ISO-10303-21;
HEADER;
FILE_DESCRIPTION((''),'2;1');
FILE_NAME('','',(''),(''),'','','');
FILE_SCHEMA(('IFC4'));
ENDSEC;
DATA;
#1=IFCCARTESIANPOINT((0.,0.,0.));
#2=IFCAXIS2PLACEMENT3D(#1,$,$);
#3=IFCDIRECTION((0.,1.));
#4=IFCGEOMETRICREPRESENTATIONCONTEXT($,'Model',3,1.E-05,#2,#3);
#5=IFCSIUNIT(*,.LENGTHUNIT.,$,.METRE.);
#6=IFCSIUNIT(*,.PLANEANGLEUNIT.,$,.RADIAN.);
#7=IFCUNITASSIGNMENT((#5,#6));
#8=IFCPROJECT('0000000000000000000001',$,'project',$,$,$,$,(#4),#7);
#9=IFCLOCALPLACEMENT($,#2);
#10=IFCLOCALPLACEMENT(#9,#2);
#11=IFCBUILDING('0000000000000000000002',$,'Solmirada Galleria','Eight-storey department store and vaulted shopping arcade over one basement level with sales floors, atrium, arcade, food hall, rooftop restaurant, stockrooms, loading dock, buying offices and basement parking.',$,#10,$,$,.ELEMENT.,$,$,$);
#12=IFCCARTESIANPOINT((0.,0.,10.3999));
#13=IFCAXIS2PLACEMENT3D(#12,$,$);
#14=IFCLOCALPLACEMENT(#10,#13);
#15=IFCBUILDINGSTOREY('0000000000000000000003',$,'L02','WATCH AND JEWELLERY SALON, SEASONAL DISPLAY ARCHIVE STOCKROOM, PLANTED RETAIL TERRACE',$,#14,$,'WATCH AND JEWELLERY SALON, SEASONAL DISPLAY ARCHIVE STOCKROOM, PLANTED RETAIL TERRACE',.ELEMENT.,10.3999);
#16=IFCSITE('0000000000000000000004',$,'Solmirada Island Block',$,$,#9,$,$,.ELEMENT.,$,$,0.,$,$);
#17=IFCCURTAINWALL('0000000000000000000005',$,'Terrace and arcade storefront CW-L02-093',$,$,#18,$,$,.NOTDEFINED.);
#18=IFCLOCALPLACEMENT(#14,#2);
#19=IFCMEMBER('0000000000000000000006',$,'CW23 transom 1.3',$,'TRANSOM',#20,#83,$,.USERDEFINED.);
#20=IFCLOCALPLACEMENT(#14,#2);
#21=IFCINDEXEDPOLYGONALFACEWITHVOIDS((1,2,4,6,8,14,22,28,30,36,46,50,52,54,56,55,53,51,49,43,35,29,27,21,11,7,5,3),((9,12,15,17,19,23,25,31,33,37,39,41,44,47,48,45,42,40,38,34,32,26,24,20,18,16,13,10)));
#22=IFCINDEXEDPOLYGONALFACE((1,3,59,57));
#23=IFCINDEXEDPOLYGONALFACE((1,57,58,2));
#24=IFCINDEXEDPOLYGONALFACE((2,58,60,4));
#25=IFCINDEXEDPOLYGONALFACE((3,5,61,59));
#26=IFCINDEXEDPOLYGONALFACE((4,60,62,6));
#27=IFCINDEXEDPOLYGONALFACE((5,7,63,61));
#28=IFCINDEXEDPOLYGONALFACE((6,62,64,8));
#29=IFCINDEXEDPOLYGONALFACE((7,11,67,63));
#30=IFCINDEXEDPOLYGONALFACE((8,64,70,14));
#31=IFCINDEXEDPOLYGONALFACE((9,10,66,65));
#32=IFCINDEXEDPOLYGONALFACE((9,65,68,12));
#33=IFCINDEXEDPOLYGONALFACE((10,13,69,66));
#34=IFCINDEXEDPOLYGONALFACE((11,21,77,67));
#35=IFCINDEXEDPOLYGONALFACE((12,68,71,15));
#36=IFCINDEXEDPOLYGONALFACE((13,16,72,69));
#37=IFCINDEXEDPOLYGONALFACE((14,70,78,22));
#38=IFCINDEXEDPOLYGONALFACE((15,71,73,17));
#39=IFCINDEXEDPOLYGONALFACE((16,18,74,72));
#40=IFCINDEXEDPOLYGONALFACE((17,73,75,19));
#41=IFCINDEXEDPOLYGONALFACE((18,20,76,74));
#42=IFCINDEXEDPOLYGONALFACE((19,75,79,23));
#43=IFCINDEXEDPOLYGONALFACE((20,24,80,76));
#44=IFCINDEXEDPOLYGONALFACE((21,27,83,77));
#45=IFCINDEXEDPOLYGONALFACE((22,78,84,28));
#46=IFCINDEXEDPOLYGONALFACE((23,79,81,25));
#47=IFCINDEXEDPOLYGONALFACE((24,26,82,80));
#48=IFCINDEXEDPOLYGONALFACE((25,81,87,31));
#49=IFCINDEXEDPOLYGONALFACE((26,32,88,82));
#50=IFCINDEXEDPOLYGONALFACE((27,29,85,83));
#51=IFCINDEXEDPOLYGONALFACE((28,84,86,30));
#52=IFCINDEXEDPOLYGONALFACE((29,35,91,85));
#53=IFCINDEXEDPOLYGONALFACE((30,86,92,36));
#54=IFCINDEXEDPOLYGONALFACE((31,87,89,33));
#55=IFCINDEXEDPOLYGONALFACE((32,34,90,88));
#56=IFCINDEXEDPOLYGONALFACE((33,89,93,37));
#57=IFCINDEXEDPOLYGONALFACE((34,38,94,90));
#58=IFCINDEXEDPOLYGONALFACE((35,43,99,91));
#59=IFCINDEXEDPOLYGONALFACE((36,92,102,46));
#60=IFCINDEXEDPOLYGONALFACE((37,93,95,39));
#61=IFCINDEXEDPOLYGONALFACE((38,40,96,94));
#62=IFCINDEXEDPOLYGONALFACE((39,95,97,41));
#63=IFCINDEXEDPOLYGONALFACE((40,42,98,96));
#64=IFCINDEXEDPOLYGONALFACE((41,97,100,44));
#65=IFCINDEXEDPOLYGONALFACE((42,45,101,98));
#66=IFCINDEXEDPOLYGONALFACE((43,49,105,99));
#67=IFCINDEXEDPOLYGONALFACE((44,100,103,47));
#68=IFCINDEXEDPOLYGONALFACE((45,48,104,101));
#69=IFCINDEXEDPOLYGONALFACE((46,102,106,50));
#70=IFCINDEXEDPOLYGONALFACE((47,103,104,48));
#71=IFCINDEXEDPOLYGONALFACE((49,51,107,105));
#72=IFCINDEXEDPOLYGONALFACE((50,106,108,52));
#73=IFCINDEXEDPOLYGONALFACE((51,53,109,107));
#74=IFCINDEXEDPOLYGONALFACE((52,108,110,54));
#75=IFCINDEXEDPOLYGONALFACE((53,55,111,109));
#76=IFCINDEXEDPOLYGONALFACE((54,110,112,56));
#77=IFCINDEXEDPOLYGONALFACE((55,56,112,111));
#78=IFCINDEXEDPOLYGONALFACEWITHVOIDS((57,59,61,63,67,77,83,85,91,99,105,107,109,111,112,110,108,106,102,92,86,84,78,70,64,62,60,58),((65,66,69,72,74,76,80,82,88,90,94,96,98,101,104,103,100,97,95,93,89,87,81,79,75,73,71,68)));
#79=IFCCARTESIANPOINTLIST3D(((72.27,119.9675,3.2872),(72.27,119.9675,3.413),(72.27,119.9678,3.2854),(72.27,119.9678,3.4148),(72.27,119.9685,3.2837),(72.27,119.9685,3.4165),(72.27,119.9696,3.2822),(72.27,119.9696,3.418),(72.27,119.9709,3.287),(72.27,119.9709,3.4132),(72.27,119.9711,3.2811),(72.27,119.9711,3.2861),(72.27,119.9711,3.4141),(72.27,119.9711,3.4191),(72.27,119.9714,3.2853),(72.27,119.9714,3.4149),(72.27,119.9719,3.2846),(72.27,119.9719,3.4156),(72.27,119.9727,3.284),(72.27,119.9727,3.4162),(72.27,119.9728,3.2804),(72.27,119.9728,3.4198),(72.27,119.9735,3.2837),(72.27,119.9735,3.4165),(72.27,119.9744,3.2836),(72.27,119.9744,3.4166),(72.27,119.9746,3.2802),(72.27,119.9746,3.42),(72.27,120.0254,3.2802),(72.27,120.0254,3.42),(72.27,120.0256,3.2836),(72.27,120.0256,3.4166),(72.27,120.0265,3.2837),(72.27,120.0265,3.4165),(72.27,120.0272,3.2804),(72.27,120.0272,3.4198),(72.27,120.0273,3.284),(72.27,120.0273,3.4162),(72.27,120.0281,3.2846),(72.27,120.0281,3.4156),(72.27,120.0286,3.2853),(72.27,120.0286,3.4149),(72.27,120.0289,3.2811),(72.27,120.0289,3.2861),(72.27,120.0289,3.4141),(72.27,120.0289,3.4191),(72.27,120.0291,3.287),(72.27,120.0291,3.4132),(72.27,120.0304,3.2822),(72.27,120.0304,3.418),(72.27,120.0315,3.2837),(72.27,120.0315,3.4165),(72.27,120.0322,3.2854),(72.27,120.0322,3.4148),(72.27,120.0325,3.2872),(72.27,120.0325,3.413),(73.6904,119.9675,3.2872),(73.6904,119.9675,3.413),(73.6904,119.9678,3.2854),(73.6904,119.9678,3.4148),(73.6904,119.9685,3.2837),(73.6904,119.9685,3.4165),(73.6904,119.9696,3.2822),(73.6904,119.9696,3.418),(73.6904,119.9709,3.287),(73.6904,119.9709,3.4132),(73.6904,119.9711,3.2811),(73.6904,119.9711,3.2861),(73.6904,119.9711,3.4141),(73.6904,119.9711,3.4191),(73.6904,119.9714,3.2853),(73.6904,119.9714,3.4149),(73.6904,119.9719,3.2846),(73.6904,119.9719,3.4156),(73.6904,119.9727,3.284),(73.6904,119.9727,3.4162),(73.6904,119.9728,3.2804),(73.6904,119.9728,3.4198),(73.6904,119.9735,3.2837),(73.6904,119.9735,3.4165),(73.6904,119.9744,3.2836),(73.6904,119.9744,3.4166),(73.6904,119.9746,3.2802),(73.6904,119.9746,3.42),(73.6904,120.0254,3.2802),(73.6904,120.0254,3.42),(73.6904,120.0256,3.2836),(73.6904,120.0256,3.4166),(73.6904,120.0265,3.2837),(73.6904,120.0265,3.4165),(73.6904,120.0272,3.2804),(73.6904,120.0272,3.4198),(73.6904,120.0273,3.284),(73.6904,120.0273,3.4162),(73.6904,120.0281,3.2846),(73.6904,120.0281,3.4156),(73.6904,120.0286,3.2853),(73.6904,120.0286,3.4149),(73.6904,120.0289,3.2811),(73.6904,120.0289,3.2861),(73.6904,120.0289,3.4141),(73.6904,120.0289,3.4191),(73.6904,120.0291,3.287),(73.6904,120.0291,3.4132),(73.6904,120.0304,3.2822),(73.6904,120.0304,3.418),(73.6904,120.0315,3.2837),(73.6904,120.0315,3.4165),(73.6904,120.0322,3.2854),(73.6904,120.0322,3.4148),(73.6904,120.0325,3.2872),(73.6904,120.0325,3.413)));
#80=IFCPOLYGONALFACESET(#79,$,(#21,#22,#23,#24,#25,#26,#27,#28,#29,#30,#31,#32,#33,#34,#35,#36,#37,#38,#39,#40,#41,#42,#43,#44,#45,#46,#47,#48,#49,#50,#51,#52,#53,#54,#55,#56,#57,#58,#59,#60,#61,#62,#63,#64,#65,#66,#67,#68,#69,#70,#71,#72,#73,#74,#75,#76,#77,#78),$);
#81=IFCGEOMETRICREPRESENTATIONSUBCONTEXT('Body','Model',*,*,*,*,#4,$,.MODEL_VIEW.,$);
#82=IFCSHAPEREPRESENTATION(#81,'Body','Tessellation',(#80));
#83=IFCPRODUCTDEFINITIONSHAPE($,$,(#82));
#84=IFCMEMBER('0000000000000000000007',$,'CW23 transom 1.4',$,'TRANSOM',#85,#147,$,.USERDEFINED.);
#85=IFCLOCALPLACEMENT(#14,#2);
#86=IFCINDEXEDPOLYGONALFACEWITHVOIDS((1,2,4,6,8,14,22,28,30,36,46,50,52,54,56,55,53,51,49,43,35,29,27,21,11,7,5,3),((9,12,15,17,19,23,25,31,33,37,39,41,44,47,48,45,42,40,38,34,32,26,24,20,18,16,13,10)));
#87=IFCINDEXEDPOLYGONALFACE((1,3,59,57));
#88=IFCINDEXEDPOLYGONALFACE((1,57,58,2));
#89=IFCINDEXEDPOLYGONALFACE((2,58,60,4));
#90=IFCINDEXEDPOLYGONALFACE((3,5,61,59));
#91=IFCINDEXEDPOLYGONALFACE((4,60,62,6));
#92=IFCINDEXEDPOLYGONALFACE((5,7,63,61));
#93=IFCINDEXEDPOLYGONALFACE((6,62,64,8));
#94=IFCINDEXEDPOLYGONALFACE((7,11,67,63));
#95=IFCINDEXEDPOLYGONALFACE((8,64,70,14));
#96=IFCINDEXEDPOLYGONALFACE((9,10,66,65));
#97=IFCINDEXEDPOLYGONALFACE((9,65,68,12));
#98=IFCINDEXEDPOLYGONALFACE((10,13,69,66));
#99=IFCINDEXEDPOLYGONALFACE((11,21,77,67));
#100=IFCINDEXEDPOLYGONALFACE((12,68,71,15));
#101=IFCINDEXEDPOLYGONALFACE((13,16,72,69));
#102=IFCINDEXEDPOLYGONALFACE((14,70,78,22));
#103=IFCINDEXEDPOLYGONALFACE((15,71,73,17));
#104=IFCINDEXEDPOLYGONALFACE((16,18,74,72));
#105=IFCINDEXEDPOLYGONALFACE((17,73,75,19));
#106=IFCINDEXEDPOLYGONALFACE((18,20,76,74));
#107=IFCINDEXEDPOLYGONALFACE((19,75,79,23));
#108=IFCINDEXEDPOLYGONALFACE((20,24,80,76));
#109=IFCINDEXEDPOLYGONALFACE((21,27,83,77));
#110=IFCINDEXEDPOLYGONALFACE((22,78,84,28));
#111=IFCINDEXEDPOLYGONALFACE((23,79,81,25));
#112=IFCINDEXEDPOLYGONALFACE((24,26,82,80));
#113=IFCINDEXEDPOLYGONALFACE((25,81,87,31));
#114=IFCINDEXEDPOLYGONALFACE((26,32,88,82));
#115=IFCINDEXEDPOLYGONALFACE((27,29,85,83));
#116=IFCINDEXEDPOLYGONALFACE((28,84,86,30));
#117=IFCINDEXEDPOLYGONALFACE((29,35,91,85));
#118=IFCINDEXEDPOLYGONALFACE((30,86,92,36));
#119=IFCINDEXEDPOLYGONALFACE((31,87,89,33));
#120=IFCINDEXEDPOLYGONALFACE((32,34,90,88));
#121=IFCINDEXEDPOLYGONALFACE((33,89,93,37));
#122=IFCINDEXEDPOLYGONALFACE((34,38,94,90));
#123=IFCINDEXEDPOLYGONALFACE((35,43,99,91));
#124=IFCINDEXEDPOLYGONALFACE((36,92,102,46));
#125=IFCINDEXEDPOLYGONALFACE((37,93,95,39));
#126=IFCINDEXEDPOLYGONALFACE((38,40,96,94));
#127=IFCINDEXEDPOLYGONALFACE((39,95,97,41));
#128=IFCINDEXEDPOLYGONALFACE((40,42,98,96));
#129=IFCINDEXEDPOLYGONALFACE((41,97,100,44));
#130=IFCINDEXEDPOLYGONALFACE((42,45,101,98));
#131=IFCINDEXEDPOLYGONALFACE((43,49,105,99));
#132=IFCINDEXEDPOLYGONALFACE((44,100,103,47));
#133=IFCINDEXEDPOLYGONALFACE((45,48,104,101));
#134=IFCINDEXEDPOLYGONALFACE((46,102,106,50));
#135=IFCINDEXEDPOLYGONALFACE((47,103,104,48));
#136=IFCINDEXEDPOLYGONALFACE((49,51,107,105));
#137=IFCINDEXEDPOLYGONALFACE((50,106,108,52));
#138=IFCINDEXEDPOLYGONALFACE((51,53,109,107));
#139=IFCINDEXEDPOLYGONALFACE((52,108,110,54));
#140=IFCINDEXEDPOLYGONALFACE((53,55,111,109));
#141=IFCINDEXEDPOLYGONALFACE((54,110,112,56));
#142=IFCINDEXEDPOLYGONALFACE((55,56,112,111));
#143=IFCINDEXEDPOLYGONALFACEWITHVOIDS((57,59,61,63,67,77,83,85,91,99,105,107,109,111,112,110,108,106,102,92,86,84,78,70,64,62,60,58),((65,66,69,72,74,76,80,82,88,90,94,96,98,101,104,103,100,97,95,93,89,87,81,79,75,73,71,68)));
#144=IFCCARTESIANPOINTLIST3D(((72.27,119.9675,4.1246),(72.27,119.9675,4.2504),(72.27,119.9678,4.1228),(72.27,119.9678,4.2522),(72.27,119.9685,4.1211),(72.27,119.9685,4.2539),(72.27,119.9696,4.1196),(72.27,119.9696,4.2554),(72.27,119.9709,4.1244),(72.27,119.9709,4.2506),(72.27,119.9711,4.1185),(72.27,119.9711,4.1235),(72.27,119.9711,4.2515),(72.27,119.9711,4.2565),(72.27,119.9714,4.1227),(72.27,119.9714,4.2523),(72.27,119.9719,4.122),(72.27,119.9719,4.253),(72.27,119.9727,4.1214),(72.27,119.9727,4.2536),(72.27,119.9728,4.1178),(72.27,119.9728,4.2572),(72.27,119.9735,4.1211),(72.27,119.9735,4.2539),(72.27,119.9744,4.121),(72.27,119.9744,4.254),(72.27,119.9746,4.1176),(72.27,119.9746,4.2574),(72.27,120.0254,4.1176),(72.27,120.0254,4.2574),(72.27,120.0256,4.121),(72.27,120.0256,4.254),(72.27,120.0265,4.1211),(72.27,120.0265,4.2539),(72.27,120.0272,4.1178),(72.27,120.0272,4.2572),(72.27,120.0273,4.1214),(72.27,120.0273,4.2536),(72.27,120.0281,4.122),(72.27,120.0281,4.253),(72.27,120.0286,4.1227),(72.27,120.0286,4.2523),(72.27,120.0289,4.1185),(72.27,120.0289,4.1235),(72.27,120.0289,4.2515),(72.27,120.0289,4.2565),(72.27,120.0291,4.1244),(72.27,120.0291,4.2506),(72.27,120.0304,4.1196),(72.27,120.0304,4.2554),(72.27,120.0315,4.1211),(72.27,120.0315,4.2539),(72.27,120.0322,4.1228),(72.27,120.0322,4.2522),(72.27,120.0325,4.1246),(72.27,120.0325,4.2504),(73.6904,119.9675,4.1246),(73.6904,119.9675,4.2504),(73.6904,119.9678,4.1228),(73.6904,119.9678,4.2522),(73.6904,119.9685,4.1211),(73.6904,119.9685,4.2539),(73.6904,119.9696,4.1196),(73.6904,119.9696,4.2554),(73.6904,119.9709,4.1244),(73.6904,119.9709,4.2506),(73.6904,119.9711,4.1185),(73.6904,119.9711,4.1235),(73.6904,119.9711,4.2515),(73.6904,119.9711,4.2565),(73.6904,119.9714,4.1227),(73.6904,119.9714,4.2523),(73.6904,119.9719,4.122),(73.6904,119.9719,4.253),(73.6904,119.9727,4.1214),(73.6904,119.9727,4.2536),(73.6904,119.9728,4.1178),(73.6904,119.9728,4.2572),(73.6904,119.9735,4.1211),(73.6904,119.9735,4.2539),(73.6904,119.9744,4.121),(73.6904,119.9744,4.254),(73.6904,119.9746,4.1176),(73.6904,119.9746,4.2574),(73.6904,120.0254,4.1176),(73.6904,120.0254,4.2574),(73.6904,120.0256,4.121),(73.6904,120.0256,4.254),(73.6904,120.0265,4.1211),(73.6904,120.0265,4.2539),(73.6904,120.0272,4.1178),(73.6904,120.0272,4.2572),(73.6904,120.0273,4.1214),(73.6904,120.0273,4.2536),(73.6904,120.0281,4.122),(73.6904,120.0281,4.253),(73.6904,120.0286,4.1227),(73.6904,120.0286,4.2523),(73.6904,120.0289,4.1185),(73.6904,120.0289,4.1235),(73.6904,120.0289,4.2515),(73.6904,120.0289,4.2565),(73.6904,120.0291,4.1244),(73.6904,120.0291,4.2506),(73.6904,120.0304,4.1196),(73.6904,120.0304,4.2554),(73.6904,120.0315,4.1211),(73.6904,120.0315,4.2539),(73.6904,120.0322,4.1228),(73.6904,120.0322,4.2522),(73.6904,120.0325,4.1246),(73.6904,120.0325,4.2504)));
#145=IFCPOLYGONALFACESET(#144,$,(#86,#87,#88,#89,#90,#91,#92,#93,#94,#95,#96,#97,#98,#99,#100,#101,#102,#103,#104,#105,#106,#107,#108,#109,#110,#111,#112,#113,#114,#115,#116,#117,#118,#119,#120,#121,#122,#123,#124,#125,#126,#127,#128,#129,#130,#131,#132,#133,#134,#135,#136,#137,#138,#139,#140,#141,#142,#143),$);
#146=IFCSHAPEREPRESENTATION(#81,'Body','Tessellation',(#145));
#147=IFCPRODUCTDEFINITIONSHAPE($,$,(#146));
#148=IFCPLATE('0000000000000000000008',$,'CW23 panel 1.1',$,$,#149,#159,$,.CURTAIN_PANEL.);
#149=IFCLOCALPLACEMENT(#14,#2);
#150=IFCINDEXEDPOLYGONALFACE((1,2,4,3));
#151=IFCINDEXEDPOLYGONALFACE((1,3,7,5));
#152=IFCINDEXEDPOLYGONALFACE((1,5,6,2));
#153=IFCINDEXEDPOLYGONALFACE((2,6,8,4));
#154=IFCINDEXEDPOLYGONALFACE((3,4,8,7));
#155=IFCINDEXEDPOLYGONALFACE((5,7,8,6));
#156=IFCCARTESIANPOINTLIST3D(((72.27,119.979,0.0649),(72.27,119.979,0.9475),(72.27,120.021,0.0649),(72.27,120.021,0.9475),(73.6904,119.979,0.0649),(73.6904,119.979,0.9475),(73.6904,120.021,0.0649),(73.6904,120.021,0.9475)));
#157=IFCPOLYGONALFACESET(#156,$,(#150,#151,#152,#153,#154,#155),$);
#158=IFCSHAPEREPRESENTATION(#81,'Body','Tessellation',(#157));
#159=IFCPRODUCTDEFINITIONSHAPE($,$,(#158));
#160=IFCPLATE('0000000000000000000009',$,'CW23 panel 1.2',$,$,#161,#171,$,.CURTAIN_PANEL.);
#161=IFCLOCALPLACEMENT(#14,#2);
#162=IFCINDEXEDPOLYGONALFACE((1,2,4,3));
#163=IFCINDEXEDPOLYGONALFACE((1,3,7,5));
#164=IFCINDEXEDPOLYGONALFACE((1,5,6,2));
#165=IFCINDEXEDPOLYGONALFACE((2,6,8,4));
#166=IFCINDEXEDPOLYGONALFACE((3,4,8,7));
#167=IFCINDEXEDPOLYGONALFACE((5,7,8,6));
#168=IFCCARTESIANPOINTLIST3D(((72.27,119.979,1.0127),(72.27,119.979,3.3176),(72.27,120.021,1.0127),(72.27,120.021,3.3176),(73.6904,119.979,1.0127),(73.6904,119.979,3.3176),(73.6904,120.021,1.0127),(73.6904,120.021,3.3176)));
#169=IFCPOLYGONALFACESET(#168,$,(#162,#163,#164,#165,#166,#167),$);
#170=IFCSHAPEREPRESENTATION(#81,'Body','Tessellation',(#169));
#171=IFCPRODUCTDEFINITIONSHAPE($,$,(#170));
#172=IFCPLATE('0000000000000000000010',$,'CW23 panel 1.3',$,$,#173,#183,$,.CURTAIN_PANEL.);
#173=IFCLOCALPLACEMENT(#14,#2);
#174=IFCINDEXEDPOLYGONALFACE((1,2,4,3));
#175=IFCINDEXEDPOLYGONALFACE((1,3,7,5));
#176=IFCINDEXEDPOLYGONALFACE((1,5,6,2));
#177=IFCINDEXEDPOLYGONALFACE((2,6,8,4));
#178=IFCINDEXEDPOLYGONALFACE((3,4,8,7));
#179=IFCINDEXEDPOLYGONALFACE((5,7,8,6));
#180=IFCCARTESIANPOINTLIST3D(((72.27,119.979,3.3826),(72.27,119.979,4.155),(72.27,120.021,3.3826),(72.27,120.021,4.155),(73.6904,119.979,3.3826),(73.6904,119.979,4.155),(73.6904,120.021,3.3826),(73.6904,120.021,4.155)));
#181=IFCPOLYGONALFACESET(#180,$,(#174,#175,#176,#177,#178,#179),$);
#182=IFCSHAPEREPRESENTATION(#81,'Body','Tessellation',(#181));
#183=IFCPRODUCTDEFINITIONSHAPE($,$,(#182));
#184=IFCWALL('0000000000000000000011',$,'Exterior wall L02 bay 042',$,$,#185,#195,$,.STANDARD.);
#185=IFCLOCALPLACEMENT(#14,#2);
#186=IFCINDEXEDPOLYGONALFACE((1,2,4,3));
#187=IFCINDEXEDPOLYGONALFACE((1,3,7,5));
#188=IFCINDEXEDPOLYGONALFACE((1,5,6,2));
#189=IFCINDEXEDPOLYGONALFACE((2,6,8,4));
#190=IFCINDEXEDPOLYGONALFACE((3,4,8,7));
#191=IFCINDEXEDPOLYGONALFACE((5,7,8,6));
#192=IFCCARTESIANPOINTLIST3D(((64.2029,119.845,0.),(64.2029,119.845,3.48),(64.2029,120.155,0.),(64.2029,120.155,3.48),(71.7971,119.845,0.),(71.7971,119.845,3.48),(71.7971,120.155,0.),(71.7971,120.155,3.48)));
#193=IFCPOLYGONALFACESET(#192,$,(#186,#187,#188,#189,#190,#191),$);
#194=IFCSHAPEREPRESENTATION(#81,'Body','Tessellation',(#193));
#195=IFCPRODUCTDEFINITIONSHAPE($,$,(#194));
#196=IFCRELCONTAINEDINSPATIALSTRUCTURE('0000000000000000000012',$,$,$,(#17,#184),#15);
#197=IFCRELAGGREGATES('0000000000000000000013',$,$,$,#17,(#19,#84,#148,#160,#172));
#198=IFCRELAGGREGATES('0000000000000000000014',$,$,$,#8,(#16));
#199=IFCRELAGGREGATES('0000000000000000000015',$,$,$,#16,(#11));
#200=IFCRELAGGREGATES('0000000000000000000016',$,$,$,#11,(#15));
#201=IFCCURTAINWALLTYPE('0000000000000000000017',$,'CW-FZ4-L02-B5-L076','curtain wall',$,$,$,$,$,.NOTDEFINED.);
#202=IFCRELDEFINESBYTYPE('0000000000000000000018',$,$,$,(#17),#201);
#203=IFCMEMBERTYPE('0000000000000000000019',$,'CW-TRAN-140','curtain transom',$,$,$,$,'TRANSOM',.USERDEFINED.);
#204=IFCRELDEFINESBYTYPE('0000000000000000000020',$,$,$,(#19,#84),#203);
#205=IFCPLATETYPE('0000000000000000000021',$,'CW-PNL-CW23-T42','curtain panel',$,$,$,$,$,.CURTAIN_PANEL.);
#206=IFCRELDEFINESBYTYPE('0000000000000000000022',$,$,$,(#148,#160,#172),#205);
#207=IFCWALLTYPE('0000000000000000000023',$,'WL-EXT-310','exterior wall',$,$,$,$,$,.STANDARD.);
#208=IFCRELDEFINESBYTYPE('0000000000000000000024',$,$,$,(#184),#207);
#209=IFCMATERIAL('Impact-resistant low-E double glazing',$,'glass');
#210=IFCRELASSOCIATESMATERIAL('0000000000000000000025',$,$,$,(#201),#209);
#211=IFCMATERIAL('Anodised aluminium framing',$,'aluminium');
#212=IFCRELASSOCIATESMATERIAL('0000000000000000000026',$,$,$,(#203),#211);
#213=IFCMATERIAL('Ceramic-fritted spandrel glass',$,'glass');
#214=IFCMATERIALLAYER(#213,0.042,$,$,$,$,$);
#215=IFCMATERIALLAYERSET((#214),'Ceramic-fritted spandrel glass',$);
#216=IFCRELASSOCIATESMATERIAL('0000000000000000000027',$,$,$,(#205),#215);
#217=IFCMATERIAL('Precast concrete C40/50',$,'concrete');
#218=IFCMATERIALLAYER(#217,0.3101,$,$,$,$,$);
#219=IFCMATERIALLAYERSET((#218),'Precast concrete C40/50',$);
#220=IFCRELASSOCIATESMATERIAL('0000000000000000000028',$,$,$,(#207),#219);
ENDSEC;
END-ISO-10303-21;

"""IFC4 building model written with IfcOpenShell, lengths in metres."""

from ifc_helpers import new_model, si_unit, direction, frame, frame_2d, origin, origin_2d, place, context, subcontext, project, spatial, rectangle, hollow_rectangle, extrude, material, layer, layer_set, material_profile, profile_set, type_object, element, aggregate, save


model = new_model("IFC4")

# Units and contexts
model_context = context("Model", 3, precision=1e-05, world=origin(), true_north=direction((0.0, 1.0)))
body_context = subcontext(model_context, "Body", "Model", "MODEL_VIEW")
ifc_project = project(units=[si_unit("LENGTHUNIT", "METRE"), si_unit("PLANEANGLEUNIT", "RADIAN")], contexts=[model_context])

# Site, building, storey
site_placement = place(None, origin())
site = spatial("IfcSite", under=ifc_project, at=site_placement, Name="Solmirada Island Block", CompositionType="ELEMENT", RefElevation=0.0)
building_placement = place(site_placement, origin())
building = spatial("IfcBuilding", under=site, at=building_placement, Name="Solmirada Galleria", Description="Eight-storey department store and vaulted shopping arcade over one basement level with sales floors, atrium, arcade, food hall, rooftop restaurant, stockrooms, loading dock, buying offices and basement parking.", CompositionType="ELEMENT")
storey_placement = place(building_placement, frame((0.0, 0.0, 10.3999)))
storey = spatial("IfcBuildingStorey", under=building, at=storey_placement, Name="L02", Description="WATCH AND JEWELLERY SALON, SEASONAL DISPLAY ARCHIVE STOCKROOM, PLANTED RETAIL TERRACE", LongName="WATCH AND JEWELLERY SALON, SEASONAL DISPLAY ARCHIVE STOCKROOM, PLANTED RETAIL TERRACE", CompositionType="ELEMENT", Elevation=10.3999)

# Shared definitions
ifc_material_1 = material(Name="Precast concrete C40/50", Category="concrete")

# Curtain wall, members, plates
ifc_material_2 = material(Name="Impact-resistant low-E double glazing", Category="glass")
curtain_wall_type = type_object("IfcCurtainWallType", Name="CW-FZ4-L02-B5-L076", Description="curtain wall", PredefinedType="NOTDEFINED", material=ifc_material_2)
curtain_wall_placement = place(storey_placement, origin())
curtain_wall = element("IfcCurtainWall", 1, at=curtain_wall_placement, inside=storey, type_object=curtain_wall_type, Name="Terrace and arcade storefront CW-L02-093", PredefinedType="NOTDEFINED")
ifc_material_3 = material(Name="Anodised aluminium framing", Category="aluminium")
ifc_material_profile_1 = material_profile(ifc_material_3, hollow_rectangle(XDim=0.0649, YDim=0.1399, WallThickness=0.0034, InnerFilletRadius=0.0034, OuterFilletRadius=0.0071, at=origin_2d()), Name="ALU-TRAN-140X65")
ifc_profile_set_1 = profile_set([ifc_material_profile_1], Name="Anodised aluminium framing")
member_type_1 = type_object("IfcMemberType", Name="CW-TRAN-140", Description="curtain transom", ElementType="TRANSOM", PredefinedType="USERDEFINED", material=ifc_profile_set_1)
member_1_placement = place(storey_placement, frame((72.27, 120.0, 3.3501), z_axis=(1.0, 0.0, 0.0), x_axis=(0.0, 1.0, 0.0)))
member_1 = element("IfcMember", 2, at=member_1_placement, type_object=member_type_1, Name="CW23 transom 1.3", ObjectType="TRANSOM", PredefinedType="USERDEFINED", context=body_context, shape_type="SweptSolid", body=[
    extrude(hollow_rectangle(XDim=0.0649, YDim=0.1399, WallThickness=0.0034, InnerFilletRadius=0.0034, OuterFilletRadius=0.0071, at=origin_2d()), origin(), (0.0, 0.0, 1.0), 1.4204),
])
member_2_placement = place(storey_placement, frame((72.27, 120.0, 4.1875), z_axis=(1.0, 0.0, 0.0), x_axis=(0.0, 1.0, 0.0)))
member_2 = element("IfcMember", 3, at=member_2_placement, type_object=member_type_1, Name="CW23 transom 1.4", ObjectType="TRANSOM", PredefinedType="USERDEFINED", context=body_context, shape_type="SweptSolid", body=[
    extrude(hollow_rectangle(XDim=0.0649, YDim=0.1399, WallThickness=0.0034, InnerFilletRadius=0.0034, OuterFilletRadius=0.0071, at=origin_2d()), origin(), (0.0, 0.0, 1.0), 1.4204),
])
ifc_material_4 = material(Name="Ceramic-fritted spandrel glass", Category="glass")
ifc_layer_1 = layer(ifc_material_4, 0.042)
ifc_layer_set_1 = layer_set([ifc_layer_1], Name="Ceramic-fritted spandrel glass")
plate_type = type_object("IfcPlateType", Name="CW-PNL-CW23-T42", Description="curtain panel", PredefinedType="CURTAIN_PANEL", material=ifc_layer_set_1)
plate_1_placement = place(storey_placement, frame((72.9802, 120.0, 0.0649), z_axis=(0.0, 0.0, 1.0), x_axis=(1.0, 0.0, 0.0)))
plate_1 = element("IfcPlate", 4, at=plate_1_placement, type_object=plate_type, Name="CW23 panel 1.1", PredefinedType="CURTAIN_PANEL", context=body_context, shape_type="SweptSolid", body=[
    extrude(rectangle(XDim=1.4204, YDim=0.042, at=origin_2d()), origin(), (0.0, 0.0, 1.0), 0.8826),
])
plate_2_placement = place(storey_placement, frame((72.9802, 120.0, 1.0127), z_axis=(0.0, 0.0, 1.0), x_axis=(1.0, 0.0, 0.0)))
plate_2 = element("IfcPlate", 5, at=plate_2_placement, type_object=plate_type, Name="CW23 panel 1.2", PredefinedType="CURTAIN_PANEL", context=body_context, shape_type="SweptSolid", body=[
    extrude(rectangle(XDim=1.4204, YDim=0.042, at=origin_2d()), origin(), (0.0, 0.0, 1.0), 2.3049),
])
plate_3_placement = place(storey_placement, frame((72.9802, 120.0, 3.3826), z_axis=(0.0, 0.0, 1.0), x_axis=(1.0, 0.0, 0.0)))
plate_3 = element("IfcPlate", 6, at=plate_3_placement, type_object=plate_type, Name="CW23 panel 1.3", PredefinedType="CURTAIN_PANEL", context=body_context, shape_type="SweptSolid", body=[
    extrude(rectangle(XDim=1.4204, YDim=0.042, at=origin_2d()), origin(), (0.0, 0.0, 1.0), 0.7725),
])
aggregate(curtain_wall, [member_1, member_2, plate_1, plate_2, plate_3])

# Wall
ifc_layer_2 = layer(ifc_material_1, 0.3101)
ifc_layer_set_2 = layer_set([ifc_layer_2], Name="Precast concrete C40/50")
wall_type_1 = type_object("IfcWallType", Name="WL-EXT-310", Description="exterior wall", PredefinedType="STANDARD", material=ifc_layer_set_2)
wall_1_placement = place(storey_placement, frame((64.2029, 120.0, 0.0), z_axis=(0.0, 0.0, 1.0), x_axis=(1.0, 0.0, 0.0)))
element("IfcWall", 7, at=wall_1_placement, inside=storey, type_object=wall_type_1, Name="Exterior wall L02 bay 042", PredefinedType="STANDARD", context=body_context, shape_type="SweptSolid", body=[
    extrude(rectangle(XDim=7.5942, YDim=0.3101, at=frame_2d((3.7971, 0.0))), origin(), (0.0, 0.0, 1.0), 3.48),
])

save(model, "model.ifc")
